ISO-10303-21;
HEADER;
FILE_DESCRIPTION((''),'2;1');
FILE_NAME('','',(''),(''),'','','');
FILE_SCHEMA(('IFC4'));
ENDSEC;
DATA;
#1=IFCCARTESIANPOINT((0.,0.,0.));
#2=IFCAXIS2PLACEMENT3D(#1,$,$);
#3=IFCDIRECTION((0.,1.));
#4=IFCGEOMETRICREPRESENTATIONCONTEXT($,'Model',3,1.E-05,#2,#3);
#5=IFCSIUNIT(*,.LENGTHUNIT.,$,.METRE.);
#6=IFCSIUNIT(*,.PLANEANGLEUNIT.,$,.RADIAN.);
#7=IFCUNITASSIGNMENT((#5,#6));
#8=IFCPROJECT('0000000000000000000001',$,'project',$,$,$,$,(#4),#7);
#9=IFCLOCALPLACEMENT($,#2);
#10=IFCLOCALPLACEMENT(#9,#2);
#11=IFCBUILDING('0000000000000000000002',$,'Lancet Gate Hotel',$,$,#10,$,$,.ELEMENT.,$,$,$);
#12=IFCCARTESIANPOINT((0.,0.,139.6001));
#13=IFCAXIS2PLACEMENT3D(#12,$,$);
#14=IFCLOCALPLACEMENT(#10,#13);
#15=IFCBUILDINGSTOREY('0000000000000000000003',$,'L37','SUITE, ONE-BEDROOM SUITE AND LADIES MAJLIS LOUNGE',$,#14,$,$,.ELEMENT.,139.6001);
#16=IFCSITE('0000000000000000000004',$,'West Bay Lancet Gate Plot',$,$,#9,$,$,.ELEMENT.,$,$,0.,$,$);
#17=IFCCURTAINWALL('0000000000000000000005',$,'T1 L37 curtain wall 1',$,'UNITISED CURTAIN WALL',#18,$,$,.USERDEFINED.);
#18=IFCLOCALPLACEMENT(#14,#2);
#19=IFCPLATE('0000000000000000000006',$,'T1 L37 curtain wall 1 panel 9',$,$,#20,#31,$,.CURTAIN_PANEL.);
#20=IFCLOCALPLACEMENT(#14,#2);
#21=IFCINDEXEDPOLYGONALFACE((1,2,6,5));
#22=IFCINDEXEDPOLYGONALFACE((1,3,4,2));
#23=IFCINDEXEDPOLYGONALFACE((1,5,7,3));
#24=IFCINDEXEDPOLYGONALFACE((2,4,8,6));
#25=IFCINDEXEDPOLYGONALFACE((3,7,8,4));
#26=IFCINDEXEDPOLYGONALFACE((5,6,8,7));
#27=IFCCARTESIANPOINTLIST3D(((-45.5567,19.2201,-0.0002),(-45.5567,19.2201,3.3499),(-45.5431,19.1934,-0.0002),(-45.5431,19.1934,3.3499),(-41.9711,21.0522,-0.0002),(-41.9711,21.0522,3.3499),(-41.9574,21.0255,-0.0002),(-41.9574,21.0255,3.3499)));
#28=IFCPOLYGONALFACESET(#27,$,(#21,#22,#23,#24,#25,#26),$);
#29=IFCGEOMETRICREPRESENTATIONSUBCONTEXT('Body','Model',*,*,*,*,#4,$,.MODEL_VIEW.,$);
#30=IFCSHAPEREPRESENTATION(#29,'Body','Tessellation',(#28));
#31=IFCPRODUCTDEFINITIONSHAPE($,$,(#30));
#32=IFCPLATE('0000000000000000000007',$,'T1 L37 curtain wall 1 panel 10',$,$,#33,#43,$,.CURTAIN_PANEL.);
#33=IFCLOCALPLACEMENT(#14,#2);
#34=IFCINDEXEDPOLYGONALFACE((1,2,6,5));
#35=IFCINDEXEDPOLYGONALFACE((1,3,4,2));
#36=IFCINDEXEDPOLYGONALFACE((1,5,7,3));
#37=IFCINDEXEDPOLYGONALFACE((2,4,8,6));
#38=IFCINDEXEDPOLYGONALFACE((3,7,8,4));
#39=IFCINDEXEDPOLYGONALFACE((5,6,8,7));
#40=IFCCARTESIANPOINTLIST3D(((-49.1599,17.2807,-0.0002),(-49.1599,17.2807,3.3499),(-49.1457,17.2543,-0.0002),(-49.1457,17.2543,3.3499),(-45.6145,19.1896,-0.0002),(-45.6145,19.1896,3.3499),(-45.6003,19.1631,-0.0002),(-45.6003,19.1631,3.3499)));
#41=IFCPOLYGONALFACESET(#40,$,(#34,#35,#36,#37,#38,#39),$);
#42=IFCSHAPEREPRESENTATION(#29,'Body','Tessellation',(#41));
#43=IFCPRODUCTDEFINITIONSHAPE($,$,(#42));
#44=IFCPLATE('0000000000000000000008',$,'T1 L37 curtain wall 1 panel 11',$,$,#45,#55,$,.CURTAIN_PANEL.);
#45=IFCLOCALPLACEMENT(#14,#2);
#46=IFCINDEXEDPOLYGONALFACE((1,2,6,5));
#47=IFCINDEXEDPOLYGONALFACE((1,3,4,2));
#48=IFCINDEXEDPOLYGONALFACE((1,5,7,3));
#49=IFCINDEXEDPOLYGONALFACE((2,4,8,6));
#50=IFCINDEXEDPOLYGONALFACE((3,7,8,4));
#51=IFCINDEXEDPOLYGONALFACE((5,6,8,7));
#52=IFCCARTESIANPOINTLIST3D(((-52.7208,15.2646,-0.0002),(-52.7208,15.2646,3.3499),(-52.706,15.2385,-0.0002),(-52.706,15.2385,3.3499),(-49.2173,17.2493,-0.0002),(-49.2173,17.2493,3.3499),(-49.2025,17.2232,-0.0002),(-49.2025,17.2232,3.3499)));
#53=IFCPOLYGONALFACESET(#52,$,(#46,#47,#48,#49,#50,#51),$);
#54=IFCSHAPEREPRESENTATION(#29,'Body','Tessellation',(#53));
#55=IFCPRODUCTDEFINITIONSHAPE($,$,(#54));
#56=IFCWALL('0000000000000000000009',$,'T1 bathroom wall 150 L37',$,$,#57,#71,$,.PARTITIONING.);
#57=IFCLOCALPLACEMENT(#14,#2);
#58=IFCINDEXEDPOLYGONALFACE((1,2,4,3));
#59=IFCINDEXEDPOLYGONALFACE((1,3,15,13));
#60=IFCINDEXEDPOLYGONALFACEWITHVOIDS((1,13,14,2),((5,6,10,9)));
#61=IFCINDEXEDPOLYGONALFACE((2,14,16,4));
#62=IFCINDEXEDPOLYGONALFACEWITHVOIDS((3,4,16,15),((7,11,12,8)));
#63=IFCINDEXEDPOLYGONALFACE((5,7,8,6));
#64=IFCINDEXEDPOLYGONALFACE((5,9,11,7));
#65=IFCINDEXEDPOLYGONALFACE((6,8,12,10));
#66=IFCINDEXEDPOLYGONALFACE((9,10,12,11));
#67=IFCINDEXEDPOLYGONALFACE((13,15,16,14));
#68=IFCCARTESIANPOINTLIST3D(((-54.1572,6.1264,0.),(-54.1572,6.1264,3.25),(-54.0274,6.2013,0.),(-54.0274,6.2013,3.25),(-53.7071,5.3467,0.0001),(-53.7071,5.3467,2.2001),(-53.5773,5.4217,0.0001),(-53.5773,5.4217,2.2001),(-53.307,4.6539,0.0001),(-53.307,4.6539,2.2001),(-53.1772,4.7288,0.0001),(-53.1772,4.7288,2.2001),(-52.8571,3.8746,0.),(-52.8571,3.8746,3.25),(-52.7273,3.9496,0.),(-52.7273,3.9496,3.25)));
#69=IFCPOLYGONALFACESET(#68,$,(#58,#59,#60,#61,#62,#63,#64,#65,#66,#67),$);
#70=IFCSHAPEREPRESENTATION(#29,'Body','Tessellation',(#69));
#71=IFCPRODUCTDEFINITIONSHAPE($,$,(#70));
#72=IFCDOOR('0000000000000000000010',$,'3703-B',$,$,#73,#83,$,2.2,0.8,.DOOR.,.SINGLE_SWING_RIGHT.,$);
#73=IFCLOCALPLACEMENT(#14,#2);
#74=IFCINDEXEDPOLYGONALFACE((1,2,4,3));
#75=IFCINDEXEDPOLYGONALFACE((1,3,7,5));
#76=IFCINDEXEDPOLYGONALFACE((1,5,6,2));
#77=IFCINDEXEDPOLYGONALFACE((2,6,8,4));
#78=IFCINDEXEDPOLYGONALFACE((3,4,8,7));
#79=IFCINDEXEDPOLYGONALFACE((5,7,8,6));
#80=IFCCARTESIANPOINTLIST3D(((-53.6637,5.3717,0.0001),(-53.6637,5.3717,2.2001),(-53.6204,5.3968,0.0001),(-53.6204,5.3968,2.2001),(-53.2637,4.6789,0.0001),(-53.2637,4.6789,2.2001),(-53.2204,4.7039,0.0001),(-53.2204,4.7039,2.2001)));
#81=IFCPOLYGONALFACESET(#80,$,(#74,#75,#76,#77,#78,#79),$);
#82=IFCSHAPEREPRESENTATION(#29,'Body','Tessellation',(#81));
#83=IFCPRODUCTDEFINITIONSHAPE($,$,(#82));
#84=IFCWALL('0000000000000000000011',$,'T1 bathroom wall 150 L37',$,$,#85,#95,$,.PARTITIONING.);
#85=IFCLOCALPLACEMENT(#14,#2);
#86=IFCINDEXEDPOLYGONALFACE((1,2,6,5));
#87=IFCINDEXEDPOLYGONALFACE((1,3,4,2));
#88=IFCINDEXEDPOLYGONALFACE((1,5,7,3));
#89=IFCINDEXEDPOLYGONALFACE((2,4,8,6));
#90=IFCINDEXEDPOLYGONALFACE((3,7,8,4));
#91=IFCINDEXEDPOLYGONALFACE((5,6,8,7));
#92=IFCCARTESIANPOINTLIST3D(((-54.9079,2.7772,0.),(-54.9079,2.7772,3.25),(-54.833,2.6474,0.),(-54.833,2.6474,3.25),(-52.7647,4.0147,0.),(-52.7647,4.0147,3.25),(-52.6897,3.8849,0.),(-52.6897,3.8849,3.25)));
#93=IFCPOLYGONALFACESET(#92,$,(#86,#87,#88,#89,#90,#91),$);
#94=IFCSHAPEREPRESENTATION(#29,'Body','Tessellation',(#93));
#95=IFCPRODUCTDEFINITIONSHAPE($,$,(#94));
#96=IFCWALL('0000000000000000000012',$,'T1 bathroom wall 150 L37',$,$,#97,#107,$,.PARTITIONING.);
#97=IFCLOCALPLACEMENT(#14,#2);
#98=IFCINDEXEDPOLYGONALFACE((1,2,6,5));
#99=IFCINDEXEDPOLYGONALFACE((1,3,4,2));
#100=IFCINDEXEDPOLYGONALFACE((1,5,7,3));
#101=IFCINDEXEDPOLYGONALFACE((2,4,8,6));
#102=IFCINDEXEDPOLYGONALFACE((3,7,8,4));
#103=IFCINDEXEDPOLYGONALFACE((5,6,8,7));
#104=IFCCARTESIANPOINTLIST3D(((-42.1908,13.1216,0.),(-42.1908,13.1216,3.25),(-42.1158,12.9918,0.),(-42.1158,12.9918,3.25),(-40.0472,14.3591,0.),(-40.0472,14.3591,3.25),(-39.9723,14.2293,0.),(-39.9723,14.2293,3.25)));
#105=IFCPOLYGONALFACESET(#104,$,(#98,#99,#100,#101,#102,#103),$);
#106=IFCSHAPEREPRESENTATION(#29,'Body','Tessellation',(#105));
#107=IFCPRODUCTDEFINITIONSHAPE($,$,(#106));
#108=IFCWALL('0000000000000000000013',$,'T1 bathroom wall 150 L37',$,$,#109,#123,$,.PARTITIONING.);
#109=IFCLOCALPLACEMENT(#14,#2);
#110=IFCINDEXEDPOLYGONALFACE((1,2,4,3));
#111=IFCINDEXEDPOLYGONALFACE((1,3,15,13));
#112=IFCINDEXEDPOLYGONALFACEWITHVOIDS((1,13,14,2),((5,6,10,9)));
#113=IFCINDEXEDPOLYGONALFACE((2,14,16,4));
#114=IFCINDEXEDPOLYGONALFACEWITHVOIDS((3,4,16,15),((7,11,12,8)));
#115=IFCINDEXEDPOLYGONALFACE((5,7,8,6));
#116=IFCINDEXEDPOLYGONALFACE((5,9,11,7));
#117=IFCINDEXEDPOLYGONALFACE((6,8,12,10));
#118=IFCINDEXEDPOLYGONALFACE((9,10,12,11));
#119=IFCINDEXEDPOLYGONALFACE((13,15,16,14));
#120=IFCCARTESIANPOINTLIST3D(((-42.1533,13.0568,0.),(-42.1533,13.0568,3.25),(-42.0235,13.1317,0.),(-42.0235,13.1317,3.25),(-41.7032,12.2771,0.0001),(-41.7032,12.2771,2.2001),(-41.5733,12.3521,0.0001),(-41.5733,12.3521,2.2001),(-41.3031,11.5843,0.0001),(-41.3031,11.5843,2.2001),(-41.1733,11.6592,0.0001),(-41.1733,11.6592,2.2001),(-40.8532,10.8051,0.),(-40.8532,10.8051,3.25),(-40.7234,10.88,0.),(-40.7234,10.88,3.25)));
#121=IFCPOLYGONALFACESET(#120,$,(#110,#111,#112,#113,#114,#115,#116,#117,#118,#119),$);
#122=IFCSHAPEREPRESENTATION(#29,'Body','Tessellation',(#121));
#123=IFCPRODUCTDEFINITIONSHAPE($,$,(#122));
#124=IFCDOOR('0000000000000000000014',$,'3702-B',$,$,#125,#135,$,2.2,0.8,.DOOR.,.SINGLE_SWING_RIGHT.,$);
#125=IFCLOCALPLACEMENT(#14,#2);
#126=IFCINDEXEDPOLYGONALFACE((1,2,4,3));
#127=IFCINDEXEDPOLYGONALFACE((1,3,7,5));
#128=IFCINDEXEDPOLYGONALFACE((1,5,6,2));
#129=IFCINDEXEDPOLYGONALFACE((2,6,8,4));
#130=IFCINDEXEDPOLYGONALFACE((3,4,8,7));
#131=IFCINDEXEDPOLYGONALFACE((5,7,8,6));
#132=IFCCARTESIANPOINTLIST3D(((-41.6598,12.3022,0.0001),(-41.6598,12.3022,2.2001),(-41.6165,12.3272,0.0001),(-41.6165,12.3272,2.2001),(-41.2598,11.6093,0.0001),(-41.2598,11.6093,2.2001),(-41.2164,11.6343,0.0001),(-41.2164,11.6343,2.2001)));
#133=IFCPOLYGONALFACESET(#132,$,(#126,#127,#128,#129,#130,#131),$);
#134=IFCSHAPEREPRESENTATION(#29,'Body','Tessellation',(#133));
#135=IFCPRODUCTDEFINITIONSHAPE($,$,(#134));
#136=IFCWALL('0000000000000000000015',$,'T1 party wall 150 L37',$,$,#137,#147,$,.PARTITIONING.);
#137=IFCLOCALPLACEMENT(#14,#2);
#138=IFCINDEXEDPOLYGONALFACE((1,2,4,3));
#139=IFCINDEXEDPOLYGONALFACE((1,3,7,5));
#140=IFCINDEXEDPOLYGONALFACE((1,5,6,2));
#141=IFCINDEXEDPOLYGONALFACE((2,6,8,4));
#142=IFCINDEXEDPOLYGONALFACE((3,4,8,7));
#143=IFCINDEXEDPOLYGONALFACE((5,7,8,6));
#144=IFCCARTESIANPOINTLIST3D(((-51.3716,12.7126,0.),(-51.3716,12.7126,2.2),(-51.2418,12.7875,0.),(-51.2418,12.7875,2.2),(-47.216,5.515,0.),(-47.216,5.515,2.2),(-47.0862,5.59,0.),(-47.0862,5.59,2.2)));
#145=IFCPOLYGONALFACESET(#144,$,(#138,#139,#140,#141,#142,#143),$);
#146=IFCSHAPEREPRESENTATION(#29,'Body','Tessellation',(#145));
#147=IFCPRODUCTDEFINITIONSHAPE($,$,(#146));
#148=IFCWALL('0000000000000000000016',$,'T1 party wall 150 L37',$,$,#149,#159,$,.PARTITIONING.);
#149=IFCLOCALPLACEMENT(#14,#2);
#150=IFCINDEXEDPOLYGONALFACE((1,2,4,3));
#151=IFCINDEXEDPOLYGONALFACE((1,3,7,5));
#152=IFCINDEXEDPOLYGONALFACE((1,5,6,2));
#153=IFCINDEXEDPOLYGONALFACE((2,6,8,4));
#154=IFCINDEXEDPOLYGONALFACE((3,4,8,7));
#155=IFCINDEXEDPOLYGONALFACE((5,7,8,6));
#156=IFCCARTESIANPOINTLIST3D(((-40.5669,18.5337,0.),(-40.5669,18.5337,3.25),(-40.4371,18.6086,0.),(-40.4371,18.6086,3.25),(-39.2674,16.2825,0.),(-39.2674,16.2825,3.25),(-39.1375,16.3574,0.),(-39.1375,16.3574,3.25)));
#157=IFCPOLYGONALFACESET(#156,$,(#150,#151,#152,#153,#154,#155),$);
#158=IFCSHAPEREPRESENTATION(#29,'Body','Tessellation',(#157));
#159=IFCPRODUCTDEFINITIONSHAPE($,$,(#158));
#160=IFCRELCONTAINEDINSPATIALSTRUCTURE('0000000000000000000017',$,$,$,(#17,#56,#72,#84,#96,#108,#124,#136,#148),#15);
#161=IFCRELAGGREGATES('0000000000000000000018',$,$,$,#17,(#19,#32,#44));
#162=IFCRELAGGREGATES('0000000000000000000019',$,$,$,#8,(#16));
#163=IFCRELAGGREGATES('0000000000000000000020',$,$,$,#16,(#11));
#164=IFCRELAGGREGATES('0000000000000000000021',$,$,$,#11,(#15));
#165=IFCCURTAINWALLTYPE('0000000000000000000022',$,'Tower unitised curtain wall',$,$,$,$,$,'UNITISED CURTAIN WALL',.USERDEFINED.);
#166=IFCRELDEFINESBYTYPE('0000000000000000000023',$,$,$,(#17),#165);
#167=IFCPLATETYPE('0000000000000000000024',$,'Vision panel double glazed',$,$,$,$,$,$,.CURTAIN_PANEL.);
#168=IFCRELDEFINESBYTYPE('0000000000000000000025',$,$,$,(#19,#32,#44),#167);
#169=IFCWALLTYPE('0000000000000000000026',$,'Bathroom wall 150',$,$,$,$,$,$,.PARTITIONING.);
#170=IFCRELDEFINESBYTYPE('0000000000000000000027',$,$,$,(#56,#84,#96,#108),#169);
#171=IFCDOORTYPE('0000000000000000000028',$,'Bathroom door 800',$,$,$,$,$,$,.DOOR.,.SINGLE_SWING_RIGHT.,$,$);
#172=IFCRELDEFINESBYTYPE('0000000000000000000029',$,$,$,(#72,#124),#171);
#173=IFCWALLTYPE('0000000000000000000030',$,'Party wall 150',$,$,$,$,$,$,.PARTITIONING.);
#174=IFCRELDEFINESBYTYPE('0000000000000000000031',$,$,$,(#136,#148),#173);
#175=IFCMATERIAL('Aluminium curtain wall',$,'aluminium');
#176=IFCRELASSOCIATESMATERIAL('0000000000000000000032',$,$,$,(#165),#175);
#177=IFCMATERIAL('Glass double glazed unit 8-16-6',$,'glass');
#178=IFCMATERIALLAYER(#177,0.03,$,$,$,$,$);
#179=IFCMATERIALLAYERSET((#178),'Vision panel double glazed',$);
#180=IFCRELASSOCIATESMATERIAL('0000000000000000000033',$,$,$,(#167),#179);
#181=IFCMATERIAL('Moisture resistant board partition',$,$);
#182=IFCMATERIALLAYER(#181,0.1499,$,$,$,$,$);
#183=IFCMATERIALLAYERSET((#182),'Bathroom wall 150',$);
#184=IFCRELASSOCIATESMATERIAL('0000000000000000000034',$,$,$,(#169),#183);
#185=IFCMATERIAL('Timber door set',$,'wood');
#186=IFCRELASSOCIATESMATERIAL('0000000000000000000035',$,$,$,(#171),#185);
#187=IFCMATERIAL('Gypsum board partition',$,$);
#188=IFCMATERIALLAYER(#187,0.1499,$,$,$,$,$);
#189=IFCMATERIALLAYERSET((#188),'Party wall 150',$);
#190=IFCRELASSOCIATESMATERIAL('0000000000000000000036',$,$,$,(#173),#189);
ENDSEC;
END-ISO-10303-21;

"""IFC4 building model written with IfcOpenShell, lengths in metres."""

from ifc_helpers import new_model, si_unit, direction, frame, frame_2d, origin, origin_2d, place, context, subcontext, project, spatial, rectangle, extrude, material, layer, layer_set, type_object, element, fill, aggregate, save


model = new_model("IFC4")

# Units and contexts
model_context = context("Model", 3, precision=1e-05, world=origin(), true_north=direction((0.0, 1.0)))
body_context = subcontext(model_context, "Body", "Model", "MODEL_VIEW")
ifc_project = project(units=[si_unit("LENGTHUNIT", "METRE"), si_unit("PLANEANGLEUNIT", "RADIAN")], contexts=[model_context])

# Site, building, storey
site_placement = place(None, origin())
site = spatial("IfcSite", under=ifc_project, at=site_placement, Name="West Bay Lancet Gate Plot", CompositionType="ELEMENT", RefElevation=0.0)
building_placement = place(site_placement, origin())
building = spatial("IfcBuilding", under=site, at=building_placement, Name="Lancet Gate Hotel", CompositionType="ELEMENT")
storey_placement = place(building_placement, frame((0.0, 0.0, 139.6001)))
storey = spatial("IfcBuildingStorey", under=building, at=storey_placement, Name="L37", Description="SUITE, ONE-BEDROOM SUITE AND LADIES MAJLIS LOUNGE", CompositionType="ELEMENT", Elevation=139.6001)

# Curtain wall
ifc_material_1 = material(Name="Aluminium curtain wall", Category="aluminium")
curtain_wall_type = type_object("IfcCurtainWallType", Name="Tower unitised curtain wall", ElementType="UNITISED CURTAIN WALL", PredefinedType="USERDEFINED", material=ifc_material_1)
curtain_wall_placement = place(storey_placement, origin())
curtain_wall = element("IfcCurtainWall", 1, at=curtain_wall_placement, inside=storey, type_object=curtain_wall_type, Name="T1 L37 curtain wall 1", ObjectType="UNITISED CURTAIN WALL", PredefinedType="USERDEFINED")

# Plates
ifc_material_2 = material(Name="Glass double glazed unit 8-16-6", Category="glass")
ifc_layer_1 = layer(ifc_material_2, 0.03)
ifc_layer_set_1 = layer_set([ifc_layer_1], Name="Vision panel double glazed")
plate_type = type_object("IfcPlateType", Name="Vision panel double glazed", PredefinedType="CURTAIN_PANEL", material=ifc_layer_set_1)
plate_1_placement = place(storey_placement, frame((-43.7571, 20.1228, -0.0002), z_axis=(0.0, 0.0, 1.0), x_axis=(-0.890493, -0.454996, 0.0)))
plate_1 = element("IfcPlate", 2, at=plate_1_placement, type_object=plate_type, Name="T1 L37 curtain wall 1 panel 9", PredefinedType="CURTAIN_PANEL", context=body_context, shape_type="SweptSolid", body=[
    extrude(rectangle(XDim=4.0266, YDim=0.03, at=origin_2d()), origin(), (0.0, 0.0, 1.0), 3.3501),
])
plate_2_placement = place(storey_placement, frame((-47.3801, 18.2219, -0.0002), z_axis=(0.0, 0.0, 1.0), x_axis=(-0.880493, -0.47406, 0.0)))
plate_2 = element("IfcPlate", 3, at=plate_2_placement, type_object=plate_type, Name="T1 L37 curtain wall 1 panel 10", PredefinedType="CURTAIN_PANEL", context=body_context, shape_type="SweptSolid", body=[
    extrude(rectangle(XDim=4.0266, YDim=0.03, at=origin_2d()), origin(), (0.0, 0.0, 1.0), 3.3501),
])
plate_3_placement = place(storey_placement, frame((-50.9617, 16.2439, -0.0002), z_axis=(0.0, 0.0, 1.0), x_axis=(-0.870084, -0.492904, 0.0)))
plate_3 = element("IfcPlate", 4, at=plate_3_placement, type_object=plate_type, Name="T1 L37 curtain wall 1 panel 11", PredefinedType="CURTAIN_PANEL", context=body_context, shape_type="SweptSolid", body=[
    extrude(rectangle(XDim=4.0266, YDim=0.03, at=origin_2d()), origin(), (0.0, 0.0, 1.0), 3.3501),
])
aggregate(curtain_wall, [plate_1, plate_2, plate_3])

# Wall, opening, door
ifc_material_3 = material(Name="Moisture resistant board partition")
ifc_layer_2 = layer(ifc_material_3, 0.1499)
ifc_layer_set_2 = layer_set([ifc_layer_2], Name="Bathroom wall 150")
wall_type_1 = type_object("IfcWallType", Name="Bathroom wall 150", PredefinedType="PARTITIONING", material=ifc_layer_set_2)
wall_1_placement = place(storey_placement, frame((-52.7922, 3.9121, 0.0), z_axis=(0.0, 0.0, 1.0), x_axis=(-0.500007, 0.866021, 0.0)))
wall_1 = element("IfcWall", 5, at=wall_1_placement, inside=storey, type_object=wall_type_1, Name="T1 bathroom wall 150 L37", PredefinedType="PARTITIONING", context=body_context, shape_type="SweptSolid", body=[
    extrude(rectangle(XDim=2.6001, YDim=0.1499, at=frame_2d((1.3, 0.0))), origin(), (0.0, 0.0, 1.0), 3.25),
])
opening_1_placement = place(wall_1_placement, frame((0.8999, 0.0, 0.0)))
opening_1 = element("IfcOpeningElement", 6, at=opening_1_placement, cuts=wall_1, PredefinedType="OPENING", context=body_context, shape_type="SweptSolid", body=[
    extrude(rectangle(XDim=0.8, YDim=2.2, at=frame_2d((0.3999, 1.1001))), frame((0.0, 0.085, 0.0), z_axis=(0.0, -1.0, 0.0), x_axis=(1.0, 0.0, 0.0)), (0.0, 0.0, 1.0), 0.1699),
])
ifc_material_4 = material(Name="Timber door set", Category="wood")
door_type_1 = type_object("IfcDoorType", Name="Bathroom door 800", OperationType="SINGLE_SWING_RIGHT", PredefinedType="DOOR", material=ifc_material_4)
door_1_placement = place(opening_1_placement, origin())
door_1 = element("IfcDoor", 7, at=door_1_placement, inside=storey, type_object=door_type_1, Name="3703-B", OperationType="SINGLE_SWING_RIGHT", OverallHeight=2.2, OverallWidth=0.8, PredefinedType="DOOR", context=body_context, shape_type="SweptSolid", body=[
    extrude(rectangle(XDim=0.8, YDim=2.2, at=frame_2d((0.3999, 1.1001))), frame((0.0, 0.0249, 0.0), z_axis=(0.0, -1.0, 0.0), x_axis=(1.0, 0.0, 0.0)), (0.0, 0.0, 1.0), 0.05),
])
fill(opening_1, door_1)

# Walls
wall_2_placement = place(storey_placement, frame((-52.7273, 3.9497, 0.0), z_axis=(0.0, 0.0, 1.0), x_axis=(-0.866007, -0.500033, 0.0)))
element("IfcWall", 8, at=wall_2_placement, inside=storey, type_object=wall_type_1, Name="T1 bathroom wall 150 L37", PredefinedType="PARTITIONING", context=body_context, shape_type="SweptSolid", body=[
    extrude(rectangle(XDim=2.4749, YDim=0.1499, at=frame_2d((1.2373, 0.0))), origin(), (0.0, 0.0, 1.0), 3.25),
])
wall_3_placement = place(storey_placement, frame((-40.0098, 14.2942, 0.0), z_axis=(0.0, 0.0, 1.0), x_axis=(-0.866031, -0.49999, 0.0)))
element("IfcWall", 9, at=wall_3_placement, inside=storey, type_object=wall_type_1, Name="T1 bathroom wall 150 L37", PredefinedType="PARTITIONING", context=body_context, shape_type="SweptSolid", body=[
    extrude(rectangle(XDim=2.4751, YDim=0.1499, at=frame_2d((1.2375, 0.0))), origin(), (0.0, 0.0, 1.0), 3.25),
])

# Wall, opening, door
wall_4_placement = place(storey_placement, frame((-40.7883, 10.8425, 0.0), z_axis=(0.0, 0.0, 1.0), x_axis=(-0.500007, 0.866021, 0.0)))
wall_4 = element("IfcWall", 10, at=wall_4_placement, inside=storey, type_object=wall_type_1, Name="T1 bathroom wall 150 L37", PredefinedType="PARTITIONING", context=body_context, shape_type="SweptSolid", body=[
    extrude(rectangle(XDim=2.6001, YDim=0.1499, at=frame_2d((1.3, 0.0))), origin(), (0.0, 0.0, 1.0), 3.25),
])
opening_2_placement = place(wall_4_placement, frame((0.8999, 0.0, 0.0)))
opening_2 = element("IfcOpeningElement", 11, at=opening_2_placement, cuts=wall_4, PredefinedType="OPENING", context=body_context, shape_type="SweptSolid", body=[
    extrude(rectangle(XDim=0.8, YDim=2.2, at=frame_2d((0.3999, 1.1001))), frame((0.0, 0.085, 0.0), z_axis=(0.0, -1.0, 0.0), x_axis=(1.0, 0.0, 0.0)), (0.0, 0.0, 1.0), 0.1699),
])
door_2_placement = place(opening_2_placement, origin())
door_2 = element("IfcDoor", 12, at=door_2_placement, inside=storey, type_object=door_type_1, Name="3702-B", OperationType="SINGLE_SWING_RIGHT", OverallHeight=2.2, OverallWidth=0.8, PredefinedType="DOOR", context=body_context, shape_type="SweptSolid", body=[
    extrude(rectangle(XDim=0.8, YDim=2.2, at=frame_2d((0.3999, 1.1001))), frame((0.0, 0.0249, 0.0), z_axis=(0.0, -1.0, 0.0), x_axis=(1.0, 0.0, 0.0)), (0.0, 0.0, 1.0), 0.05),
])
fill(opening_2, door_2)

# Walls
ifc_material_5 = material(Name="Gypsum board partition")
ifc_layer_3 = layer(ifc_material_5, 0.1499)
ifc_layer_set_3 = layer_set([ifc_layer_3], Name="Party wall 150")
wall_type_2 = type_object("IfcWallType", Name="Party wall 150", PredefinedType="PARTITIONING", material=ifc_layer_set_3)
wall_5_placement = place(storey_placement, frame((-47.1511, 5.5525, 0.0), z_axis=(0.0, 0.0, 1.0), x_axis=(-0.500003, 0.866024, 0.0)))
element("IfcWall", 13, at=wall_5_placement, inside=storey, type_object=wall_type_2, Name="T1 party wall 150 L37", PredefinedType="PARTITIONING", context=body_context, shape_type="SweptSolid", body=[
    extrude(rectangle(XDim=8.311, YDim=0.1499, at=frame_2d((4.1555, 0.0))), origin(), (0.0, 0.0, 1.0), 2.2),
])
wall_6_placement = place(storey_placement, frame((-39.2024, 16.3198, 0.0), z_axis=(0.0, 0.0, 1.0), x_axis=(-0.499947, 0.866056, 0.0)))
element("IfcWall", 14, at=wall_6_placement, inside=storey, type_object=wall_type_2, Name="T1 party wall 150 L37", PredefinedType="PARTITIONING", context=body_context, shape_type="SweptSolid", body=[
    extrude(rectangle(XDim=2.5994, YDim=0.1499, at=frame_2d((1.2998, 0.0))), origin(), (0.0, 0.0, 1.0), 3.25),
])

save(model, "model.ifc")
